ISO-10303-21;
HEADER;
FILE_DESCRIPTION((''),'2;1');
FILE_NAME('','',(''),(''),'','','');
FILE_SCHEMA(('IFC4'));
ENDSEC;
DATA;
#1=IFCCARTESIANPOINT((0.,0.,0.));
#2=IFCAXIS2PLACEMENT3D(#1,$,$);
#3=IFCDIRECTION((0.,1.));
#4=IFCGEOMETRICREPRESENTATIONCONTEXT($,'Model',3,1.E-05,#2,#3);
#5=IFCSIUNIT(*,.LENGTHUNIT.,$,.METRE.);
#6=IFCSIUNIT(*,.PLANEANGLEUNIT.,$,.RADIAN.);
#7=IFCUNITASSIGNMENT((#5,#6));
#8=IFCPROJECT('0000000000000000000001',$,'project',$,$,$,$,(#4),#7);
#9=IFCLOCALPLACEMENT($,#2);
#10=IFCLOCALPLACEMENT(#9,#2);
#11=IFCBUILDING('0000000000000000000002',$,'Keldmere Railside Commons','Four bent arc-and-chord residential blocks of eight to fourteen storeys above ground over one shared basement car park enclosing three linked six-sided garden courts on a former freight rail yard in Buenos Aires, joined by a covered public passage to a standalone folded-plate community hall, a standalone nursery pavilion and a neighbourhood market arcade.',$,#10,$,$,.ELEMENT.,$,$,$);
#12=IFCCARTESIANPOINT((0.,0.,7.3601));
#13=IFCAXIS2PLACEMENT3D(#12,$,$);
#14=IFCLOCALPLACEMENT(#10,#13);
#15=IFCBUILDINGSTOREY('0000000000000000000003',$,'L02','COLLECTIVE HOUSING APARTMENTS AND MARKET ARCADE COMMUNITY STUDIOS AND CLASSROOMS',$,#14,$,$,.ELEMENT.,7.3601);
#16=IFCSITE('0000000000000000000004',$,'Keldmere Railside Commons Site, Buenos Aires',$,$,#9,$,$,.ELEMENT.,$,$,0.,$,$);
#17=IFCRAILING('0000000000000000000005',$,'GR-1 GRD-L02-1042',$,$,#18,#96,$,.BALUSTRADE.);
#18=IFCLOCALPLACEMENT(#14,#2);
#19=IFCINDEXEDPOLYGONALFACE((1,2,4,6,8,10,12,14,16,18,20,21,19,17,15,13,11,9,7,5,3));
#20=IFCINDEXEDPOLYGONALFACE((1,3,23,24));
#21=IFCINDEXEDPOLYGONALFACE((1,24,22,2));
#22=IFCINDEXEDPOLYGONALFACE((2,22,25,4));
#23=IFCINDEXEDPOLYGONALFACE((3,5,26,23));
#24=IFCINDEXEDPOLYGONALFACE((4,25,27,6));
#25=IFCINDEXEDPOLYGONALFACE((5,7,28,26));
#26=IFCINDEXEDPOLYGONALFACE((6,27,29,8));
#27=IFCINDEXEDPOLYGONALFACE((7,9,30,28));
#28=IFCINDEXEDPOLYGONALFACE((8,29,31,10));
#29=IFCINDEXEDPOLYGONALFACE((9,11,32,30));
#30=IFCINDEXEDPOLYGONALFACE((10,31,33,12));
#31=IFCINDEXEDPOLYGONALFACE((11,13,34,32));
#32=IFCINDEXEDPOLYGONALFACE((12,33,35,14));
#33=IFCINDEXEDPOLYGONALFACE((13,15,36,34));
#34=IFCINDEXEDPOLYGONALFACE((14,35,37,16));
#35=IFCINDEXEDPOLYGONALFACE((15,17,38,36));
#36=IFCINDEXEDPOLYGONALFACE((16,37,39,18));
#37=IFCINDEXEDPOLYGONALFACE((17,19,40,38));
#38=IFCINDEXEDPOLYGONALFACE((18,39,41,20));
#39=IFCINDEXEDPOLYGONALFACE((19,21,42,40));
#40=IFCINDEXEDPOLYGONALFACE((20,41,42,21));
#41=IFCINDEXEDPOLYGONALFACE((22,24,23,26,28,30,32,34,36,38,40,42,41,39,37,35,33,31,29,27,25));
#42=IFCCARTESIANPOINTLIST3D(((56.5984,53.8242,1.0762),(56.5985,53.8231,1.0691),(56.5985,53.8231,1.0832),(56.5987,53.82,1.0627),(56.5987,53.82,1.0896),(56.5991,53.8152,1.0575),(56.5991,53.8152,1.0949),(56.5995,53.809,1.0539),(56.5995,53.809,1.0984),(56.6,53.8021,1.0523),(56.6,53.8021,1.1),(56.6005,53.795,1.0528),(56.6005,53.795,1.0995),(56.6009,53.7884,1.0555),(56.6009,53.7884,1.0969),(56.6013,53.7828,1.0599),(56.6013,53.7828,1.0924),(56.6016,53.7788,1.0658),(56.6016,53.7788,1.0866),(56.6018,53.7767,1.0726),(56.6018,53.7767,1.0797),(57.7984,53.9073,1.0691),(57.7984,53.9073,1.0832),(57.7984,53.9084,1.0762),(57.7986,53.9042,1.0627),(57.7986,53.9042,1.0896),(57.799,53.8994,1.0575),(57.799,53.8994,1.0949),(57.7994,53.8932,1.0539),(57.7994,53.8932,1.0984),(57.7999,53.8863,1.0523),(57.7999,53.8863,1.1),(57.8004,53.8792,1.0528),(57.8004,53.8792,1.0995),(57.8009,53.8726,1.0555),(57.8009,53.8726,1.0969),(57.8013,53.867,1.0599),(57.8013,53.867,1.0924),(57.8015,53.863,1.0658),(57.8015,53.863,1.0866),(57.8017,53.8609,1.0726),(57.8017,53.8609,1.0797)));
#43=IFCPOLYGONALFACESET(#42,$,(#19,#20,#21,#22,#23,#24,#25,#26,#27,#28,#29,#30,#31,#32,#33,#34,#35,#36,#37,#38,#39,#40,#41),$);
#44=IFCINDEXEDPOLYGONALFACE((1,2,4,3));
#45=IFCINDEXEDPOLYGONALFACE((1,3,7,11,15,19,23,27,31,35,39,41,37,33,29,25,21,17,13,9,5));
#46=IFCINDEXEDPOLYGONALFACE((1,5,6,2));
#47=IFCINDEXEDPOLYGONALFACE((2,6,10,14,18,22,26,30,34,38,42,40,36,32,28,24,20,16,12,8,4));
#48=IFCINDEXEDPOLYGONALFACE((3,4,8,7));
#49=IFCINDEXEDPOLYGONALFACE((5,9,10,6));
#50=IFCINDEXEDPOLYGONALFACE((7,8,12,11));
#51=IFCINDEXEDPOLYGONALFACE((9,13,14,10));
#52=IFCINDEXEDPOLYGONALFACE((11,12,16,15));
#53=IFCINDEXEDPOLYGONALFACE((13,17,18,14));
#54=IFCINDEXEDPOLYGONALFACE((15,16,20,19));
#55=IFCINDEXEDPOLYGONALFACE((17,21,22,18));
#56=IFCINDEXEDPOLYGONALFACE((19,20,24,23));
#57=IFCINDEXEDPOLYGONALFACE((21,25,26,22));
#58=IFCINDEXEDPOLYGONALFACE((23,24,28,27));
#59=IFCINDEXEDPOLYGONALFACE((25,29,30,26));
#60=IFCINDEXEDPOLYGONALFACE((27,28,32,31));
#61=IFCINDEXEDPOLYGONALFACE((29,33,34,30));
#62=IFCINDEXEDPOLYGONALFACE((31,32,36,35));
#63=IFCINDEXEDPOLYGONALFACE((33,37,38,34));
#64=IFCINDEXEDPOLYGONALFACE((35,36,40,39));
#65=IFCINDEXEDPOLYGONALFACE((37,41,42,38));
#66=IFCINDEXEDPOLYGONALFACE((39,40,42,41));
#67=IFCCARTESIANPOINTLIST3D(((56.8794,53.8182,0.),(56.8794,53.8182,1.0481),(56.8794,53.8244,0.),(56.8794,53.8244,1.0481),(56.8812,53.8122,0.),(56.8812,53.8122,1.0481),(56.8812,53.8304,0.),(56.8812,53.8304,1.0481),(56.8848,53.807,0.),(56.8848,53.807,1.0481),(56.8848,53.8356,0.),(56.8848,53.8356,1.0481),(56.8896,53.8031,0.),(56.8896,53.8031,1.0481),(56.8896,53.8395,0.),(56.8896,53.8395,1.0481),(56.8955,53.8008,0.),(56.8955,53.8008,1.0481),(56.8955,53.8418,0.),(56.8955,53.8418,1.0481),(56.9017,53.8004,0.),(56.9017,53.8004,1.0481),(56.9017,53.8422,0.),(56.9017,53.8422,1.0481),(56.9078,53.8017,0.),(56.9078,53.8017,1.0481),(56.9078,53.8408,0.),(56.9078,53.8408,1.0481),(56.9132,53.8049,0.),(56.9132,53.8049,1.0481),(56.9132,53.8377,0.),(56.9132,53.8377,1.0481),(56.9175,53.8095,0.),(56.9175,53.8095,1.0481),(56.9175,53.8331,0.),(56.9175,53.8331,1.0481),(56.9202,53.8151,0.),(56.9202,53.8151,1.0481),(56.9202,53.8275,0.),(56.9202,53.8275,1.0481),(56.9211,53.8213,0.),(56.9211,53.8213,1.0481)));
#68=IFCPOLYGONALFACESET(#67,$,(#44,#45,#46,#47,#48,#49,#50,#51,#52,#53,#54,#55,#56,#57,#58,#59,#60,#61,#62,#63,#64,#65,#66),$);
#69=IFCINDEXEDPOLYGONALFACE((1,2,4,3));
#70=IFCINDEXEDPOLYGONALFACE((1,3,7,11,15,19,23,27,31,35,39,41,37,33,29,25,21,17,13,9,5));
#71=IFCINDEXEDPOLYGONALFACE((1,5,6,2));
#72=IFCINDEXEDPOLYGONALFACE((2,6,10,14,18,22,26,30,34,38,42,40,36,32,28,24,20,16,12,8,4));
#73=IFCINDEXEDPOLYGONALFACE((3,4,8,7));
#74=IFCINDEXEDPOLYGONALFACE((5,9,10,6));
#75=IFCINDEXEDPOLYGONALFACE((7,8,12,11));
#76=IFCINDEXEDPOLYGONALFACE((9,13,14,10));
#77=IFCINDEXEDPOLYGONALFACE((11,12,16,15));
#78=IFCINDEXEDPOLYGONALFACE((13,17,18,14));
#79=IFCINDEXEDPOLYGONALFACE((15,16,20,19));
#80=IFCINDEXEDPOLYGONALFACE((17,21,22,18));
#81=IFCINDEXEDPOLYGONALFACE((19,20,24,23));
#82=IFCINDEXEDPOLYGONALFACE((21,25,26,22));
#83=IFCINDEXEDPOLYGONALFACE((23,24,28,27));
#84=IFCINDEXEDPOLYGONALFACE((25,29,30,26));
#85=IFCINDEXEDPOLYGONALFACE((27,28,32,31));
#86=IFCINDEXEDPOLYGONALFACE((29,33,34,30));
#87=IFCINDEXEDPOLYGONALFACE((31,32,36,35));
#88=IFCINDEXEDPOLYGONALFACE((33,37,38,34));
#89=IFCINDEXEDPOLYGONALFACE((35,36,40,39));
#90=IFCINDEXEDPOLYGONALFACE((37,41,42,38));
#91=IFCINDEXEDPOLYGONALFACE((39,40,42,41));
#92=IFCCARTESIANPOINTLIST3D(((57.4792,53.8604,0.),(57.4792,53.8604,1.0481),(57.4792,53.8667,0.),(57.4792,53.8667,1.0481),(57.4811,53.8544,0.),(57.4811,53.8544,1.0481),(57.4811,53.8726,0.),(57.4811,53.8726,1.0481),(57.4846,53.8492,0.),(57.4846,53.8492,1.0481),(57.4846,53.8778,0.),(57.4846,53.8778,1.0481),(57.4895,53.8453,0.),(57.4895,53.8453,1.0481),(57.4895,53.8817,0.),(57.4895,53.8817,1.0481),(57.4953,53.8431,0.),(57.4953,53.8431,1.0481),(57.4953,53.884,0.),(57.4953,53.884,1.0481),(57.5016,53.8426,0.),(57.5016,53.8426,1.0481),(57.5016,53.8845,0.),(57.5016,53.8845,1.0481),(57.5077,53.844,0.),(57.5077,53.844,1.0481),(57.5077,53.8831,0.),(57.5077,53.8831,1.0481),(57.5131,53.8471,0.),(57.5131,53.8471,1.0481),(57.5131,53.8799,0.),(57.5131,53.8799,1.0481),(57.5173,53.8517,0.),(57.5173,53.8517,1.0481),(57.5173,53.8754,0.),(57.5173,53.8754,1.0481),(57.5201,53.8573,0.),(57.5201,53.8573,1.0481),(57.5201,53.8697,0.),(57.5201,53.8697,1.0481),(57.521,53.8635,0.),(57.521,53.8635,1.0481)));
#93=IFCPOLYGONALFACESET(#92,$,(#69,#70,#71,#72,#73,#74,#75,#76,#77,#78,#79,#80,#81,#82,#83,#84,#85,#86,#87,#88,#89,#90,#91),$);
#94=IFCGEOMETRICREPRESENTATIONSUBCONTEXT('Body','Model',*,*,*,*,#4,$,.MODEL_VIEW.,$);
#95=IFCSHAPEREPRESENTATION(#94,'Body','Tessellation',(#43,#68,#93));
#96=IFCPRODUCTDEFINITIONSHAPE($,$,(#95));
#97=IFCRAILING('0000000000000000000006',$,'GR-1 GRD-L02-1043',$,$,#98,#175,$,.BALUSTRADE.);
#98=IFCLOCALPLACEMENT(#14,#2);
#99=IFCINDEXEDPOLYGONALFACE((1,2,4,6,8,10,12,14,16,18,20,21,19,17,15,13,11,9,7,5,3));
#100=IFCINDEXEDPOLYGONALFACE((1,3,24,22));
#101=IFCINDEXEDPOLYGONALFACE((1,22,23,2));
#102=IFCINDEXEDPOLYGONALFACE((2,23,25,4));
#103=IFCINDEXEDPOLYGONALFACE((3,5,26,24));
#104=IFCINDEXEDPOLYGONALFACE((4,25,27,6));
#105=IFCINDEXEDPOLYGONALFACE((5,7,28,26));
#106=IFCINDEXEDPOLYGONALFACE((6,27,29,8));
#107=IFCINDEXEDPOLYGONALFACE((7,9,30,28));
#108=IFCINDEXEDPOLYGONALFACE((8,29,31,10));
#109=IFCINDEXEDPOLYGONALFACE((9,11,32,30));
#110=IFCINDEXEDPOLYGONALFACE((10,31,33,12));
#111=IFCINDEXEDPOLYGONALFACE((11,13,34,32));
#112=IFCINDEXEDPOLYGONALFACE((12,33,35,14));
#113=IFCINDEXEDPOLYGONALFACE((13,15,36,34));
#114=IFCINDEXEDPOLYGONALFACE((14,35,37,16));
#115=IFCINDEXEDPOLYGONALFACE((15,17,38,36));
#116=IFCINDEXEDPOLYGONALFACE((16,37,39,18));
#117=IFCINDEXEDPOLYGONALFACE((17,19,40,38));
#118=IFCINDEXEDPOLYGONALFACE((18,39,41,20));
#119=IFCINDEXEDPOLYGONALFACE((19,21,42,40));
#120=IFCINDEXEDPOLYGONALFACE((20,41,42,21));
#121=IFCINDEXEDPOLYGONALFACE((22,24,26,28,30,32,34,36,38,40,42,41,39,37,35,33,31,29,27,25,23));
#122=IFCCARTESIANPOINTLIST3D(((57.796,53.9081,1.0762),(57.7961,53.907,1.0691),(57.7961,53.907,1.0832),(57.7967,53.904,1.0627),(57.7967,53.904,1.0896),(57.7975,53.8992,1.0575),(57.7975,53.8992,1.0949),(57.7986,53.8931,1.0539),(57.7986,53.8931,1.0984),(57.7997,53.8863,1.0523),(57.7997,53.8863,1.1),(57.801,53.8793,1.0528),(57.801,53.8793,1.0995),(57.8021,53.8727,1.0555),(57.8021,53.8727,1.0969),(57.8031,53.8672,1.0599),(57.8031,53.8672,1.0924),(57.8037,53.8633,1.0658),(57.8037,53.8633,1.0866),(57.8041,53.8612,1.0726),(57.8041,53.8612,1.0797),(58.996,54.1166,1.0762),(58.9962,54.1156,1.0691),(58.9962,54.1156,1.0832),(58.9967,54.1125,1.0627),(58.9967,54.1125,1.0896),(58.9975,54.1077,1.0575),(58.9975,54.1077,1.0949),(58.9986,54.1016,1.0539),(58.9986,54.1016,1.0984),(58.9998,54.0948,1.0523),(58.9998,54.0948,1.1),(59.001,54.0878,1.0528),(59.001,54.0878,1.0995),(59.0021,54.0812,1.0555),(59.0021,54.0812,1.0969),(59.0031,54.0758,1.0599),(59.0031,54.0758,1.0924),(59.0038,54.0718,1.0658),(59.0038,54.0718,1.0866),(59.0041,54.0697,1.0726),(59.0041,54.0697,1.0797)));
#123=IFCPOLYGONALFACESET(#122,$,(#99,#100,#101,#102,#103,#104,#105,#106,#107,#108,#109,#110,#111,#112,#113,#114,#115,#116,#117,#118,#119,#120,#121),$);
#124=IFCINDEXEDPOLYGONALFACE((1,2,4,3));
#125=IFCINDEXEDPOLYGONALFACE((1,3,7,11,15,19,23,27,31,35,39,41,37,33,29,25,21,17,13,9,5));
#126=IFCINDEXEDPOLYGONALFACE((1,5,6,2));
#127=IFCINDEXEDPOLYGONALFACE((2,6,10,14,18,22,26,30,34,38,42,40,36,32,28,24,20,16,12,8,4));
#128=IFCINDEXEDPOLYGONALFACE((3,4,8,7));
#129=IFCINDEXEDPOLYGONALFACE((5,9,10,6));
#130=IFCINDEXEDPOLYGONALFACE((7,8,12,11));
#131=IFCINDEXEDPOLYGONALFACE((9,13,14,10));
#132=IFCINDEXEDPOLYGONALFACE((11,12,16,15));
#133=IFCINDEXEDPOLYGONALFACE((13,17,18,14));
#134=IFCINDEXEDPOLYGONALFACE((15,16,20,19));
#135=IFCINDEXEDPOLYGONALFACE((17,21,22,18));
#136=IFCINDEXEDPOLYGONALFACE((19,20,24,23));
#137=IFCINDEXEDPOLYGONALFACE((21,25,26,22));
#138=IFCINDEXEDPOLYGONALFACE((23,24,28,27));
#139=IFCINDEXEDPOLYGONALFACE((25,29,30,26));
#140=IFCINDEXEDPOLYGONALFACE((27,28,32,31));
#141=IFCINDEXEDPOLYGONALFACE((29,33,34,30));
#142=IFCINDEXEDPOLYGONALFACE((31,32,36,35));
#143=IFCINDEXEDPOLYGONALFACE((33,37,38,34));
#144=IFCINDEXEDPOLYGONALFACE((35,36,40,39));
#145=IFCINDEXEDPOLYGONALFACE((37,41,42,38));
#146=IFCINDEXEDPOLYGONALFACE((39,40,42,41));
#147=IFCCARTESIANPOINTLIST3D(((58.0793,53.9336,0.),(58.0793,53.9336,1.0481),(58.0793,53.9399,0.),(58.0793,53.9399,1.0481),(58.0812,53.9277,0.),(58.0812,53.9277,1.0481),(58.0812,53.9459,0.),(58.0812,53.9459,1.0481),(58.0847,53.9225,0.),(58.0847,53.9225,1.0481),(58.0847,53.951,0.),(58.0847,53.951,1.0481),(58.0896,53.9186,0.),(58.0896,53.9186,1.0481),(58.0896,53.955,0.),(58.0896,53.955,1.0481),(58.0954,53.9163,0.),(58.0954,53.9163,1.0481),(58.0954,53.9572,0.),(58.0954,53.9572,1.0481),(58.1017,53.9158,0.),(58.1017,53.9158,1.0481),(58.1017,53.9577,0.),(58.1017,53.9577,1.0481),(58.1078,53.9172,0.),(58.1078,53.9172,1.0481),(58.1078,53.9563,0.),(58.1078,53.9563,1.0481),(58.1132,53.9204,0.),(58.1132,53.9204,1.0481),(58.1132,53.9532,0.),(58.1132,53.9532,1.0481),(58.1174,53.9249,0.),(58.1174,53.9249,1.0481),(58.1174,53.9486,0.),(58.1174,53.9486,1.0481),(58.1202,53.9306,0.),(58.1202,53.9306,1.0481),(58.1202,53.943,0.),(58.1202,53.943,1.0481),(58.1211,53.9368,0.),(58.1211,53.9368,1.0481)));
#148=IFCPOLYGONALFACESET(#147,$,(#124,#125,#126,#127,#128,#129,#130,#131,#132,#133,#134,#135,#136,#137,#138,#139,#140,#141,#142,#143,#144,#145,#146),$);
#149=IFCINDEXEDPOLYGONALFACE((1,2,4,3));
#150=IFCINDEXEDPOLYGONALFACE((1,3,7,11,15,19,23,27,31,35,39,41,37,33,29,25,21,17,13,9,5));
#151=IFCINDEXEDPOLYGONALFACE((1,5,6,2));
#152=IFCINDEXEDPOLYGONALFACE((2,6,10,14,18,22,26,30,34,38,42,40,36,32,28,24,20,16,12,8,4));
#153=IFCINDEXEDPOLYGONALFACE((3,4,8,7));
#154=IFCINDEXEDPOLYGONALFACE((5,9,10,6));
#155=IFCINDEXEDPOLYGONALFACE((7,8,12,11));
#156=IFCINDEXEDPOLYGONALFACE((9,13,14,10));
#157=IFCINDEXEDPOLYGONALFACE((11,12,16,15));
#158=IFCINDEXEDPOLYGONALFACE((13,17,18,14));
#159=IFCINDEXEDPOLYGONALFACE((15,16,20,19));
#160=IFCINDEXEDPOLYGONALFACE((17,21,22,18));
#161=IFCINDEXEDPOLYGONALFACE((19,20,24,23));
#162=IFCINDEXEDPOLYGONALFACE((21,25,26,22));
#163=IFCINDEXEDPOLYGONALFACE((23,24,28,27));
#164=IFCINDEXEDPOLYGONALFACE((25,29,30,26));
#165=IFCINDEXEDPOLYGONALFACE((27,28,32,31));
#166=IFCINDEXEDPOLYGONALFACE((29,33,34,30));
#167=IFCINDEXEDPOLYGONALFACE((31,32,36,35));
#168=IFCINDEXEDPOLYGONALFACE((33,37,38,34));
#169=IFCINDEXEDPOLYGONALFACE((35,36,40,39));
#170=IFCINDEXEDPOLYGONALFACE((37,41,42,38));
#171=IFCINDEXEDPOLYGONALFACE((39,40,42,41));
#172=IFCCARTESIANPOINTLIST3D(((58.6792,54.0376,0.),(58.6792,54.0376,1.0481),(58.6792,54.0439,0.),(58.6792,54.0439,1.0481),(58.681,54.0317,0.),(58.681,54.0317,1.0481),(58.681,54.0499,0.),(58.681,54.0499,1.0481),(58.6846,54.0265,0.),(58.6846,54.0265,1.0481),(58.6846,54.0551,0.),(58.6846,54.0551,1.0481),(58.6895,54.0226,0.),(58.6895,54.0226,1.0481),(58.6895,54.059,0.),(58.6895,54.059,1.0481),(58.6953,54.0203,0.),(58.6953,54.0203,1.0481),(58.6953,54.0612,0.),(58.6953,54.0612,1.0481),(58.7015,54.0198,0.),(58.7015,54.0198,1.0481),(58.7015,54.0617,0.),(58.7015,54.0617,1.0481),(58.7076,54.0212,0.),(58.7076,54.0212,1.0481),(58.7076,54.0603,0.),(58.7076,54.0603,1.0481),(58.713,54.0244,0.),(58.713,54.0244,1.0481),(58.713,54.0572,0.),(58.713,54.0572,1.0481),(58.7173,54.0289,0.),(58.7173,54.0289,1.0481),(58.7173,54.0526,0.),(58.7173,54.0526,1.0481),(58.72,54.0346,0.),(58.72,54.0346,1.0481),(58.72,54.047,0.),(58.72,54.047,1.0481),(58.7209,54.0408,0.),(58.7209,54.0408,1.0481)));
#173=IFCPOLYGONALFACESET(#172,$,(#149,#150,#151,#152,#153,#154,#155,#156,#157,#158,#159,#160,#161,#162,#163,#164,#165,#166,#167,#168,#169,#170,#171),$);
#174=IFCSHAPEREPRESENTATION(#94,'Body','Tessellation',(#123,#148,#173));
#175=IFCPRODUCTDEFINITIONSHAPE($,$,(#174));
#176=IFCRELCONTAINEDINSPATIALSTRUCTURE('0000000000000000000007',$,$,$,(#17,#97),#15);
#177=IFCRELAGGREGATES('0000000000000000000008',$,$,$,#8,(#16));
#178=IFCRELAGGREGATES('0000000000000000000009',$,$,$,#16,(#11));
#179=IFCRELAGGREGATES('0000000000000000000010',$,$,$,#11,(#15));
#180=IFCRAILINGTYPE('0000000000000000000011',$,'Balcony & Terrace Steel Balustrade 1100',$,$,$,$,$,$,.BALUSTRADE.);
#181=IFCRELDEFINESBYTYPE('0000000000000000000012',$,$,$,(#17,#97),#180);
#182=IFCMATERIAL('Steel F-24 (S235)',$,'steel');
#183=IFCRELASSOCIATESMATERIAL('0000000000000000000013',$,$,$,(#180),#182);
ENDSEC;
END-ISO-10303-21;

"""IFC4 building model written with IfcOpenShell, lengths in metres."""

from ifc_helpers import new_model, si_unit, direction, frame, origin, origin_2d, place, context, subcontext, project, spatial, circle, extrude, material, type_object, element, save


model = new_model("IFC4")

# Units and contexts
model_context = context("Model", 3, precision=1e-05, world=origin(), true_north=direction((0.0, 1.0)))
body_context = subcontext(model_context, "Body", "Model", "MODEL_VIEW")
ifc_project = project(units=[si_unit("LENGTHUNIT", "METRE"), si_unit("PLANEANGLEUNIT", "RADIAN")], contexts=[model_context])

# Site, building, storey
site_placement = place(None, origin())
site = spatial("IfcSite", under=ifc_project, at=site_placement, Name="Keldmere Railside Commons Site, Buenos Aires", CompositionType="ELEMENT", RefElevation=0.0)
building_placement = place(site_placement, origin())
building = spatial("IfcBuilding", under=site, at=building_placement, Name="Keldmere Railside Commons", Description="Four bent arc-and-chord residential blocks of eight to fourteen storeys above ground over one shared basement car park enclosing three linked six-sided garden courts on a former freight rail yard in Buenos Aires, joined by a covered public passage to a standalone folded-plate community hall, a standalone nursery pavilion and a neighbourhood market arcade.", CompositionType="ELEMENT")
storey_placement = place(building_placement, frame((0.0, 0.0, 7.3601)))
storey = spatial("IfcBuildingStorey", under=building, at=storey_placement, Name="L02", Description="COLLECTIVE HOUSING APARTMENTS AND MARKET ARCADE COMMUNITY STUDIOS AND CLASSROOMS", CompositionType="ELEMENT", Elevation=7.3601)

# Railings
ifc_material_1 = material(Name="Steel F-24 (S235)", Category="steel")
railing_type = type_object("IfcRailingType", Name="Balcony & Terrace Steel Balustrade 1100", PredefinedType="BALUSTRADE", material=ifc_material_1)
railing_1_placement = place(storey_placement, frame((56.6001, 53.8003, 0.0)))
element("IfcRailing", 1, at=railing_1_placement, inside=storey, type_object=railing_type, Name="GR-1 GRD-L02-1042", PredefinedType="BALUSTRADE", context=body_context, shape_type="SweptSolid", body=[
    extrude(circle(Radius=0.0239, at=origin_2d()), frame((0.0, 0.0, 1.0762), z_axis=(0.997546, 0.070021, 0.0), x_axis=(-0.070021, 0.997546, 0.0)), (0.0, 0.0, 1.0), 1.2029),
    extrude(circle(Radius=0.021, at=origin_2d()), frame((0.3, 0.021, 0.0)), (0.0, 0.0, 1.0), 1.0481),
    extrude(circle(Radius=0.021, at=origin_2d()), frame((0.8999, 0.0632, 0.0)), (0.0, 0.0, 1.0), 1.0481),
])
railing_2_placement = place(storey_placement, frame((57.8, 53.8845, 0.0)))
element("IfcRailing", 2, at=railing_2_placement, inside=storey, type_object=railing_type, Name="GR-1 GRD-L02-1043", PredefinedType="BALUSTRADE", context=body_context, shape_type="SweptSolid", body=[
    extrude(circle(Radius=0.0239, at=origin_2d()), frame((0.0, 0.0, 1.0762), z_axis=(0.985238, 0.171189, 0.0), x_axis=(-0.171189, 0.985238, 0.0)), (0.0, 0.0, 1.0), 1.218),
    extrude(circle(Radius=0.021, at=origin_2d()), frame((0.3, 0.0522, 0.0)), (0.0, 0.0, 1.0), 1.0481),
    extrude(circle(Radius=0.021, at=origin_2d()), frame((0.8999, 0.1562, 0.0)), (0.0, 0.0, 1.0), 1.0481),
])

save(model, "model.ifc")
